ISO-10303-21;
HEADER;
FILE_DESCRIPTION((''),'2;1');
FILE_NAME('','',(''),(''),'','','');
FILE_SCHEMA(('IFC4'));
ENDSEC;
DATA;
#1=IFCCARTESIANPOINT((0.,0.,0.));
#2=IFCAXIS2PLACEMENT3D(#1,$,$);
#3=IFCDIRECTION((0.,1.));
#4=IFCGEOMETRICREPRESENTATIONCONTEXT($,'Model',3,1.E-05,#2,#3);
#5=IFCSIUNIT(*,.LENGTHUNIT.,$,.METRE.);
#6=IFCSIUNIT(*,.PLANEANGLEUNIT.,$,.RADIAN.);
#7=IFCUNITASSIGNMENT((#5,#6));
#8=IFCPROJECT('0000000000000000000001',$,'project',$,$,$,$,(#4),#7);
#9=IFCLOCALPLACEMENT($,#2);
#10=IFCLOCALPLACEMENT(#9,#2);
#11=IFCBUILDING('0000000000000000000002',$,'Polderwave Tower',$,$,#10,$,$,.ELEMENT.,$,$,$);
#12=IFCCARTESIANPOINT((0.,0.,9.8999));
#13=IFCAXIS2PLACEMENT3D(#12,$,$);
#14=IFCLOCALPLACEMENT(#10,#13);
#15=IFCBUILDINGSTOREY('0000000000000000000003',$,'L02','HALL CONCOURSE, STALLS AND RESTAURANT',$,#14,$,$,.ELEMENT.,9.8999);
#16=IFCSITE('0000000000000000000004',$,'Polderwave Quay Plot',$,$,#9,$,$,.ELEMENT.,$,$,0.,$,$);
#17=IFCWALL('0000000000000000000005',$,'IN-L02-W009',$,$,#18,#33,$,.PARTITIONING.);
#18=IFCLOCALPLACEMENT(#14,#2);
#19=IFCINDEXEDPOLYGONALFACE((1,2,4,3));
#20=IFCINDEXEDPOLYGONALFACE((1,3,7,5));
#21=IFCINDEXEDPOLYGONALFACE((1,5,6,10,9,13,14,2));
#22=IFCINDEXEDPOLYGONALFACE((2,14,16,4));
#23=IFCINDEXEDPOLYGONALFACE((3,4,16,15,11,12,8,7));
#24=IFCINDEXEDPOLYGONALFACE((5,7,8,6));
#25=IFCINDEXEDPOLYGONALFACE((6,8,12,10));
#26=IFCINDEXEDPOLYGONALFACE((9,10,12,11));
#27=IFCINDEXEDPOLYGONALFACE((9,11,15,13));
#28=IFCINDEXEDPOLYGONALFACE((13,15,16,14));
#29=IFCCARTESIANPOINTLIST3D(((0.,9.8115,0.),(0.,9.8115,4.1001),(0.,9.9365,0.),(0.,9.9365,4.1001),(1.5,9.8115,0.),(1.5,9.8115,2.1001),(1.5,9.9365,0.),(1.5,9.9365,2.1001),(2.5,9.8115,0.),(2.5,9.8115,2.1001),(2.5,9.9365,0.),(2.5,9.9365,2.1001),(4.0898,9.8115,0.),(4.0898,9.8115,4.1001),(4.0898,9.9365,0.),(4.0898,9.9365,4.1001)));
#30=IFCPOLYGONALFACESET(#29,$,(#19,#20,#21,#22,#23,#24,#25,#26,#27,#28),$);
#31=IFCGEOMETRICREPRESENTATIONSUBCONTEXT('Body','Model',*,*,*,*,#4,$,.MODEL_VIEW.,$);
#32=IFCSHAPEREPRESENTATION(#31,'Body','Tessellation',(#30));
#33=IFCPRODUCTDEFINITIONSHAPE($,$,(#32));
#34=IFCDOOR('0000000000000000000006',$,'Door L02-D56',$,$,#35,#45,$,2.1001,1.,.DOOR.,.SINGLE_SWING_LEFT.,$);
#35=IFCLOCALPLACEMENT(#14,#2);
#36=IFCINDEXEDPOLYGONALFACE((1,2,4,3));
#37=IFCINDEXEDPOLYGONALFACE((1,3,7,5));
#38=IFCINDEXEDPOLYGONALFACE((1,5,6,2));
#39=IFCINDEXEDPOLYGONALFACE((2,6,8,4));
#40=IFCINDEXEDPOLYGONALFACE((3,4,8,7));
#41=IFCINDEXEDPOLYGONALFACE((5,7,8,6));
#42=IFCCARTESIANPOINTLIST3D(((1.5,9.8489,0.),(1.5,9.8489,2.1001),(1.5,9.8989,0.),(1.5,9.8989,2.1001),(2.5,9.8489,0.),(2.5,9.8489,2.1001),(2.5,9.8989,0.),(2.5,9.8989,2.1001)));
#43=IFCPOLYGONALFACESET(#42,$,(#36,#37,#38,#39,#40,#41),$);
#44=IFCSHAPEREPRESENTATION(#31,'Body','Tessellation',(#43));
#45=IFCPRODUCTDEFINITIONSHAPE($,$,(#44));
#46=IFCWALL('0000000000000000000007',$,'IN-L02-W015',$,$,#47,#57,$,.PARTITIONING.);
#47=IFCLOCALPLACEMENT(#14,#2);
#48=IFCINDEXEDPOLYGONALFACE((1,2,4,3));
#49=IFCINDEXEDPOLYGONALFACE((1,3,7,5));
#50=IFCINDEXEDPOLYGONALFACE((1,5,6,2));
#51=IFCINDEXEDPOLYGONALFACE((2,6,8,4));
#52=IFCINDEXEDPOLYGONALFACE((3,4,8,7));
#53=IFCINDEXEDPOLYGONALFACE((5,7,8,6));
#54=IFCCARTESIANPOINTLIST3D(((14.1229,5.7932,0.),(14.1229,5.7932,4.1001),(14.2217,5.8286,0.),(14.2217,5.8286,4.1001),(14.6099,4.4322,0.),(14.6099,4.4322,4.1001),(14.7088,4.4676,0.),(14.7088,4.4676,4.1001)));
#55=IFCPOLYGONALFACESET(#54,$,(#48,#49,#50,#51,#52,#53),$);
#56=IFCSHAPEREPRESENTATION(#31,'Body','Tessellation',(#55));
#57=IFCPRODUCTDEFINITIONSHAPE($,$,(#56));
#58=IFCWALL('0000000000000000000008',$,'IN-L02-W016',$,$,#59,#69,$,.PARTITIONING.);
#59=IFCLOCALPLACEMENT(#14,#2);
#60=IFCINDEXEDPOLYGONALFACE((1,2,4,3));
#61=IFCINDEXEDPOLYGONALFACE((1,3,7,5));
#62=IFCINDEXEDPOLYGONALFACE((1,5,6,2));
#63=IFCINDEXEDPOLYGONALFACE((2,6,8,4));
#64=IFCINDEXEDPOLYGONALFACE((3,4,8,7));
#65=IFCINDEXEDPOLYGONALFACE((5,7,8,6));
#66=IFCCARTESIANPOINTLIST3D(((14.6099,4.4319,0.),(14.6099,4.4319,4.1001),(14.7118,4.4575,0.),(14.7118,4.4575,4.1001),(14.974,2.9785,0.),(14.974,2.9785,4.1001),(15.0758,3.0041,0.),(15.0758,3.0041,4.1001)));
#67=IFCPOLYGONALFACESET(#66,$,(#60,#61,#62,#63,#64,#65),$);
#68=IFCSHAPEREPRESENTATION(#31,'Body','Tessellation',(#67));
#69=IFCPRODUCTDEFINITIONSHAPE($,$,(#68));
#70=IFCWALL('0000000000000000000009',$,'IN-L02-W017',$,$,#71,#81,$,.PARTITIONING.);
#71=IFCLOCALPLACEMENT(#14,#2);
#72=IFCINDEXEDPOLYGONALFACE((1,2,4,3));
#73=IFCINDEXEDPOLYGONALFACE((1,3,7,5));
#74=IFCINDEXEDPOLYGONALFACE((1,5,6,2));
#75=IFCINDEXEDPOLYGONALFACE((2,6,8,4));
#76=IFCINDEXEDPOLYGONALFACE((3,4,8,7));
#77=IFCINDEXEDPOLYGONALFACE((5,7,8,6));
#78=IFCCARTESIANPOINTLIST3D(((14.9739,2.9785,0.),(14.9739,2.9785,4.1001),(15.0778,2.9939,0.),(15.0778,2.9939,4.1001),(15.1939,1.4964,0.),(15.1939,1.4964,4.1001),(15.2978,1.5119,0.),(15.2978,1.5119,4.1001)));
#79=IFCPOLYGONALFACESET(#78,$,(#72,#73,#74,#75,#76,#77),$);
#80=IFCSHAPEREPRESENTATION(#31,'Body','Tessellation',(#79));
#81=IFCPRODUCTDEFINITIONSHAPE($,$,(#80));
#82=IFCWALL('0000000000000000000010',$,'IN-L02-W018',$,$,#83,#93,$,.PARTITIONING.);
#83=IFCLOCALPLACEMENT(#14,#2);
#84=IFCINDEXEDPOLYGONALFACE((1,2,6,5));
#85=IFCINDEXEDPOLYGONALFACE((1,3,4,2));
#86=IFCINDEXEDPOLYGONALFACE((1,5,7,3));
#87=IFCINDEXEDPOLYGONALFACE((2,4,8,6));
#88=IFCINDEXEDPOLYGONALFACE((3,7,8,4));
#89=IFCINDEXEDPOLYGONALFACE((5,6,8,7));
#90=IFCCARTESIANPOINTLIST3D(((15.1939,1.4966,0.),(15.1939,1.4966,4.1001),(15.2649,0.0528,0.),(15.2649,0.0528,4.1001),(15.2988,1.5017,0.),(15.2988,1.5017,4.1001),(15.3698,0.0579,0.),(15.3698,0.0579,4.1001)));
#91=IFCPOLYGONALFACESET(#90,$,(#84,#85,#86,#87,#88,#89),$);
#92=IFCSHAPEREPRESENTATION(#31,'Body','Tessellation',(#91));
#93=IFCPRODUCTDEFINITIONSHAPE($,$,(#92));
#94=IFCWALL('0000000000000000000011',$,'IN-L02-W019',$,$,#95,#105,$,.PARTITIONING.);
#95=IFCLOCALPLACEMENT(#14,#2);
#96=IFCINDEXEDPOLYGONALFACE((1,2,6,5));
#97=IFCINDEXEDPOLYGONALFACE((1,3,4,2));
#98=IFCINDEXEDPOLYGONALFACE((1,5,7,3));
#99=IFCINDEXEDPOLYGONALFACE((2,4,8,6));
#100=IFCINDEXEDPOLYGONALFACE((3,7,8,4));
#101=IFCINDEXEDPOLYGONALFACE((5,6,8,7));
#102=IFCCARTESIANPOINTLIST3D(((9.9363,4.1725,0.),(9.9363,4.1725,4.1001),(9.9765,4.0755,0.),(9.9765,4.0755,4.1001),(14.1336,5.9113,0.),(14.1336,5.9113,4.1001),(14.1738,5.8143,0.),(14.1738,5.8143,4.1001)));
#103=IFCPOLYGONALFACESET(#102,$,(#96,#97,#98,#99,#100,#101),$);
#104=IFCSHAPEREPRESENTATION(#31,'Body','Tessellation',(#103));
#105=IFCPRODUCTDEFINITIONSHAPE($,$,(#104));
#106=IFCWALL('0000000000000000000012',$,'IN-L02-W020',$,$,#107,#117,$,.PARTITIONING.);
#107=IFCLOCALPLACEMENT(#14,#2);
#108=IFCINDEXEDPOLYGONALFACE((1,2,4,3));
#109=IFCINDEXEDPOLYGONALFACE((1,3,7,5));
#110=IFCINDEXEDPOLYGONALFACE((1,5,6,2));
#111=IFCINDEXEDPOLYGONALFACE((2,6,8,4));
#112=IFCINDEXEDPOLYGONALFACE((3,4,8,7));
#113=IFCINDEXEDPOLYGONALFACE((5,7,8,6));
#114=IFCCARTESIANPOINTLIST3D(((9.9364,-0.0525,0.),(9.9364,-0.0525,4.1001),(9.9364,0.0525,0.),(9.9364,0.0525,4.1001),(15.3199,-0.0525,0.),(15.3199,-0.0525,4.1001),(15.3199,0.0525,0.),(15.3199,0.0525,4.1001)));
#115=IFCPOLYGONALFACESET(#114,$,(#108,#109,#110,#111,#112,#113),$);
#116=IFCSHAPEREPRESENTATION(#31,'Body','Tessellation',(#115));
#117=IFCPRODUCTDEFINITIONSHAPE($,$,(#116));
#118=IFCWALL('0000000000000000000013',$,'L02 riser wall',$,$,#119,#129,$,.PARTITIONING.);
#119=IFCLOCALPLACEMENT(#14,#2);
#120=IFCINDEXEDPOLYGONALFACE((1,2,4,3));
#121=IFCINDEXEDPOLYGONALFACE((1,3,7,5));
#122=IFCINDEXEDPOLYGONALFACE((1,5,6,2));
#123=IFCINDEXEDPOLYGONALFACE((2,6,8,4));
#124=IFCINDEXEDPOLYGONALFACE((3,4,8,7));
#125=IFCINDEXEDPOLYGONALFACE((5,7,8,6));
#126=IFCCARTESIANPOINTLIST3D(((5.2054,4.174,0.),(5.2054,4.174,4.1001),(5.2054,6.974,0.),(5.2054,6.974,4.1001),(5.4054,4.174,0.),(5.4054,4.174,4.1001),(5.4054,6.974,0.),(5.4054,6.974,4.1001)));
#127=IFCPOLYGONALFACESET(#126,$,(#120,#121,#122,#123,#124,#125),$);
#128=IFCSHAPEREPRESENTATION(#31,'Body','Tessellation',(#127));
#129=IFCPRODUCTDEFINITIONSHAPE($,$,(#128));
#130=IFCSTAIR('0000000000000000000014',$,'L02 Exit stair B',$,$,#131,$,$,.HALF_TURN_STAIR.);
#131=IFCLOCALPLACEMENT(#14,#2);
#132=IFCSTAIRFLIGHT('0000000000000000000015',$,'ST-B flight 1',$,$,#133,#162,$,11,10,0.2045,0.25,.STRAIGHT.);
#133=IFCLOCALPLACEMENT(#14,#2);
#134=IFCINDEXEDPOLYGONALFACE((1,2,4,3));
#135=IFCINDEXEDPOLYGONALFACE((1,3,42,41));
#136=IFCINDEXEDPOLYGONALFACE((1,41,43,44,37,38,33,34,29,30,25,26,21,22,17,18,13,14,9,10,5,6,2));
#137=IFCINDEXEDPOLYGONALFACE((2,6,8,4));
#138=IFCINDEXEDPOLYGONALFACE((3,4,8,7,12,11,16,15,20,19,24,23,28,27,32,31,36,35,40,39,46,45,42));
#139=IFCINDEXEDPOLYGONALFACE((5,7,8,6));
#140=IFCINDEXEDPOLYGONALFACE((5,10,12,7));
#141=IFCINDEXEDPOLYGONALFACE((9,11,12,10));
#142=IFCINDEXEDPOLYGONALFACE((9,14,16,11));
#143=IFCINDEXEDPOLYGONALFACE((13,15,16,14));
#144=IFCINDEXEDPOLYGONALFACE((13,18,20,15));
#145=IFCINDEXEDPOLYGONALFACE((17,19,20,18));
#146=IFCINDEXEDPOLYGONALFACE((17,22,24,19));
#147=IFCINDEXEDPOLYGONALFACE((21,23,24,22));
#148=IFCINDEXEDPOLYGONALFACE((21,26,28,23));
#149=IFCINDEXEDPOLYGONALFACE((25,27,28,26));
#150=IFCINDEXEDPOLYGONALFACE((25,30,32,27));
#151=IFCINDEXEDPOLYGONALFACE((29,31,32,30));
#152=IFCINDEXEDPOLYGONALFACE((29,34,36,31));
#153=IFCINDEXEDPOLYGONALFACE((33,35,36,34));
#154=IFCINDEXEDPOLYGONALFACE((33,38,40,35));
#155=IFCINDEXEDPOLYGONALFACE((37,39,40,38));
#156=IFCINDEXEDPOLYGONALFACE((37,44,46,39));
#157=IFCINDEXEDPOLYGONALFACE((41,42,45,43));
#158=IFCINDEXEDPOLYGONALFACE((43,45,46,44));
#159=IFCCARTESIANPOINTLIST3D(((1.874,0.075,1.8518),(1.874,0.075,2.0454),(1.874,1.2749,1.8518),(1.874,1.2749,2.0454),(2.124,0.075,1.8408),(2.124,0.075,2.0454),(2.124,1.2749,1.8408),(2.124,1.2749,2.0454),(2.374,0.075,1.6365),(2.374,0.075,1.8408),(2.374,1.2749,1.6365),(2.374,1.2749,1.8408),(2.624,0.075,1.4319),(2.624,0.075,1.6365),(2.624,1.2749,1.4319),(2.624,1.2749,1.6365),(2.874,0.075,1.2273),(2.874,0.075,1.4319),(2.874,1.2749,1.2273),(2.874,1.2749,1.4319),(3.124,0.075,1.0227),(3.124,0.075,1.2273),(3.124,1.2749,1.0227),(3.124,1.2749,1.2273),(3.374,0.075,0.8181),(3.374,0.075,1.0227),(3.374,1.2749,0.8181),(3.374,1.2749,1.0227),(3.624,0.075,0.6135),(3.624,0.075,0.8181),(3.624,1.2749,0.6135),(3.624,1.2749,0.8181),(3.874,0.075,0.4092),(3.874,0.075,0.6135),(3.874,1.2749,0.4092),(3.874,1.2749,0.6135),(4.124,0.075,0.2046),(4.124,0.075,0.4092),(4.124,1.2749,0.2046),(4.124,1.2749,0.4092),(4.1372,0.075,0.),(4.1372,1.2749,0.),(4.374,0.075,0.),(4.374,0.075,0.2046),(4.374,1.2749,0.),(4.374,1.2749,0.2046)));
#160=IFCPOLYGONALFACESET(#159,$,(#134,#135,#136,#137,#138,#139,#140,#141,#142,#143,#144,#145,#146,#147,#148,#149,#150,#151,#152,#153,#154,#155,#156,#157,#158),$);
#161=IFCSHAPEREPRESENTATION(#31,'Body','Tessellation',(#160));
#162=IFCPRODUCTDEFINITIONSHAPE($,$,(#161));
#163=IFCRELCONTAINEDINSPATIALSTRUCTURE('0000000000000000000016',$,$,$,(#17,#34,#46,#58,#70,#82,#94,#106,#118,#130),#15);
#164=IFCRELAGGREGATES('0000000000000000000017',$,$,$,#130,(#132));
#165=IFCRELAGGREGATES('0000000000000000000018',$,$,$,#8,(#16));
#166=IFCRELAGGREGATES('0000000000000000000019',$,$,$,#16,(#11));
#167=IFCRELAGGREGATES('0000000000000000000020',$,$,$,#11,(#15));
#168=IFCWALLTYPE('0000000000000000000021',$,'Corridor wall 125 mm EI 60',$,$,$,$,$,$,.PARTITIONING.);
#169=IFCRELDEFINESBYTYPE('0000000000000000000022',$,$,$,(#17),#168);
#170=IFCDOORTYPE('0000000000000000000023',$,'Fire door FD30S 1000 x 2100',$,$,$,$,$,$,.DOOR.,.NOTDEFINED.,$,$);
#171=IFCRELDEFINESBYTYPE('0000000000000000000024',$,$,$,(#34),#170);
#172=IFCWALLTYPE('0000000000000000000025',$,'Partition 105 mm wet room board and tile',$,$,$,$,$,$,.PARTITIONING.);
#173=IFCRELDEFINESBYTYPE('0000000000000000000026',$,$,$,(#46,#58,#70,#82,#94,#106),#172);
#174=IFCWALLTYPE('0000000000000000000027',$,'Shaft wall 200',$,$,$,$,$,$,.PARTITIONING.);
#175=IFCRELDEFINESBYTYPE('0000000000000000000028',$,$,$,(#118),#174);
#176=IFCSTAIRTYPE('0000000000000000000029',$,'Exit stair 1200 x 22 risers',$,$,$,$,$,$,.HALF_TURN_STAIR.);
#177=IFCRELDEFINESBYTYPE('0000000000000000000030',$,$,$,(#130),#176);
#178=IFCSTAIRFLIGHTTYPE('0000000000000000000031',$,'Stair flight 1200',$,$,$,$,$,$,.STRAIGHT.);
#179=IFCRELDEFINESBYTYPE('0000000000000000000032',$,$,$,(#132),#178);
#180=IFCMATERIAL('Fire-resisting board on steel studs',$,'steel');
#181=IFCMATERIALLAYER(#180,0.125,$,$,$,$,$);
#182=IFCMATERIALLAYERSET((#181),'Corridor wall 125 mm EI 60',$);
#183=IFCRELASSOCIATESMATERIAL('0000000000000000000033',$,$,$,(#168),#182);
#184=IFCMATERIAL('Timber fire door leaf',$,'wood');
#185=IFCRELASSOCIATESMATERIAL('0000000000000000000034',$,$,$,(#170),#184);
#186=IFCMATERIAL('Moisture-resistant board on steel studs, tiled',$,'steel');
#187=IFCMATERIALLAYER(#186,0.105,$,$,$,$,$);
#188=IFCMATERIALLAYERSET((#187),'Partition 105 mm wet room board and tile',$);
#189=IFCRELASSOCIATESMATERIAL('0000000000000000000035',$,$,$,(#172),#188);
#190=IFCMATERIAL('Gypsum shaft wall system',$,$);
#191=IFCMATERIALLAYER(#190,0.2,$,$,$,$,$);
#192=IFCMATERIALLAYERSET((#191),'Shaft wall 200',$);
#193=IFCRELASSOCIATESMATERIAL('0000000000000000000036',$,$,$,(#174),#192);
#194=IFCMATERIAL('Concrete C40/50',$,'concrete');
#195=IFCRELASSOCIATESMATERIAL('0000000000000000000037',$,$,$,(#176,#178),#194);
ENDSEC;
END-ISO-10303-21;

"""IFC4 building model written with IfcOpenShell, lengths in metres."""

from ifc_helpers import new_model, si_unit, direction, frame, frame_2d, origin, place, context, subcontext, project, spatial, polyline, rectangle, outline, extrude, material, layer, layer_set, type_object, element, fill, aggregate, save


model = new_model("IFC4")

# Units and contexts
model_context = context("Model", 3, precision=1e-05, world=origin(), true_north=direction((0.0, 1.0)))
body_context = subcontext(model_context, "Body", "Model", "MODEL_VIEW")
ifc_project = project(units=[si_unit("LENGTHUNIT", "METRE"), si_unit("PLANEANGLEUNIT", "RADIAN")], contexts=[model_context])

# Site, building, storey
site_placement = place(None, origin())
site = spatial("IfcSite", under=ifc_project, at=site_placement, Name="Polderwave Quay Plot", CompositionType="ELEMENT", RefElevation=0.0)
building_placement = place(site_placement, origin())
building = spatial("IfcBuilding", under=site, at=building_placement, Name="Polderwave Tower", CompositionType="ELEMENT")
storey_placement = place(building_placement, frame((0.0, 0.0, 9.8999)))
storey = spatial("IfcBuildingStorey", under=building, at=storey_placement, Name="L02", Description="HALL CONCOURSE, STALLS AND RESTAURANT", CompositionType="ELEMENT", Elevation=9.8999)

# Shared definitions
ifc_material_1 = material(Name="Fire-resisting board on steel studs", Category="steel")
ifc_layer_1 = layer(ifc_material_1, 0.125)
ifc_layer_set_1 = layer_set([ifc_layer_1], Name="Corridor wall 125 mm EI 60")
wall_type_1 = type_object("IfcWallType", Name="Corridor wall 125 mm EI 60", PredefinedType="PARTITIONING", material=ifc_layer_set_1)
ifc_material_2 = material(Name="Timber fire door leaf", Category="wood")
door_type = type_object("IfcDoorType", Name="Fire door FD30S 1000 x 2100", OperationType="NOTDEFINED", PredefinedType="DOOR", material=ifc_material_2)

# Wall, opening, door
wall_1_placement = place(storey_placement, frame((0.0, 9.874, 0.0), z_axis=(0.0, 0.0, 1.0), x_axis=(1.0, 0.0, 0.0)))
wall_1 = element("IfcWall", 1, at=wall_1_placement, inside=storey, type_object=wall_type_1, Name="IN-L02-W009", PredefinedType="PARTITIONING", context=body_context, shape_type="SweptSolid", body=[
    extrude(rectangle(XDim=4.0898, YDim=0.125, at=frame_2d((2.0449, 0.0))), origin(), (0.0, 0.0, 1.0), 4.1001),
])
opening_1_placement = place(wall_1_placement, frame((1.5, 0.0, 0.0)))
opening_1 = element("IfcOpeningElement", 2, at=opening_1_placement, cuts=wall_1, PredefinedType="OPENING", context=body_context, shape_type="SweptSolid", body=[
    extrude(rectangle(XDim=1.0, YDim=2.1001, at=frame_2d((0.5, 1.05))), frame((0.0, 0.0725, 0.0), z_axis=(0.0, -1.0, 0.0), x_axis=(1.0, 0.0, 0.0)), (0.0, 0.0, 1.0), 0.145),
])
door_1_placement = place(opening_1_placement, origin())
door_1 = element("IfcDoor", 3, at=door_1_placement, inside=storey, type_object=door_type, Name="Door L02-D56", OperationType="SINGLE_SWING_LEFT", OverallHeight=2.1001, OverallWidth=1.0, PredefinedType="DOOR", context=body_context, shape_type="SweptSolid", body=[
    extrude(rectangle(XDim=1.0, YDim=2.1001, at=frame_2d((0.5, 1.05))), frame((0.0, 0.0249, 0.0), z_axis=(0.0, -1.0, 0.0), x_axis=(1.0, 0.0, 0.0)), (0.0, 0.0, 1.0), 0.05),
])
fill(opening_1, door_1)

# Walls
ifc_material_3 = material(Name="Moisture-resistant board on steel studs, tiled", Category="steel")
ifc_layer_2 = layer(ifc_material_3, 0.105)
ifc_layer_set_2 = layer_set([ifc_layer_2], Name="Partition 105 mm wet room board and tile")
wall_type_2 = type_object("IfcWallType", Name="Partition 105 mm wet room board and tile", PredefinedType="PARTITIONING", material=ifc_layer_set_2)
wall_2_placement = place(storey_placement, frame((14.1724, 5.8108, 0.0), z_axis=(0.0, 0.0, 1.0), x_axis=(0.336925, -0.941532, 0.0)))
element("IfcWall", 4, at=wall_2_placement, inside=storey, type_object=wall_type_2, Name="IN-L02-W015", PredefinedType="PARTITIONING", context=body_context, shape_type="SweptSolid", body=[
    extrude(rectangle(XDim=1.4456, YDim=0.105, at=frame_2d((0.7227, 0.0))), origin(), (0.0, 0.0, 1.0), 4.1001),
])
for number, where, z_axis, x_axis, name in (
    (5, (14.6609, 4.4446, 0.0), (0.0, 0.0, 1.0), (0.242957, -0.970037, 0.0), "IN-L02-W016"),
    (6, (15.0259, 2.9861, 0.0), (0.0, 0.0, 1.0), (0.146826, -0.989162, 0.0), "IN-L02-W017"),
):
    element("IfcWall", number, at=place(storey_placement, frame(where, z_axis=z_axis, x_axis=x_axis)), inside=storey, type_object=wall_type_2, Name=name, PredefinedType="PARTITIONING", context=body_context, shape_type="SweptSolid", body=[
        extrude(rectangle(XDim=1.4983, YDim=0.105, at=frame_2d((0.749, 0.0))), origin(), (0.0, 0.0, 1.0), 4.1001),
    ])
wall_3_placement = place(storey_placement, frame((15.2463, 1.499, 0.0), z_axis=(0.0, 0.0, 1.0), x_axis=(0.049146, -0.998792, 0.0)))
element("IfcWall", 7, at=wall_3_placement, inside=storey, type_object=wall_type_2, Name="IN-L02-W018", PredefinedType="PARTITIONING", context=body_context, shape_type="SweptSolid", body=[
    extrude(rectangle(XDim=1.4456, YDim=0.105, at=frame_2d((0.7227, 0.0))), origin(), (0.0, 0.0, 1.0), 4.1001),
])
wall_4_placement = place(storey_placement, frame((9.9565, 4.124, 0.0), z_axis=(0.0, 0.0, 1.0), x_axis=(0.923864, 0.382722, 0.0)))
element("IfcWall", 8, at=wall_4_placement, inside=storey, type_object=wall_type_2, Name="IN-L02-W019", PredefinedType="PARTITIONING", context=body_context, shape_type="SweptSolid", body=[
    extrude(rectangle(XDim=4.5432, YDim=0.105, at=frame_2d((2.2715, 0.0))), origin(), (0.0, 0.0, 1.0), 4.1001),
])
wall_5_placement = place(storey_placement, frame((15.3201, 0.0, 0.0), z_axis=(0.0, 0.0, 1.0), x_axis=(-1.0, 0.0, 0.0)))
element("IfcWall", 9, at=wall_5_placement, inside=storey, type_object=wall_type_2, Name="IN-L02-W020", PredefinedType="PARTITIONING", context=body_context, shape_type="SweptSolid", body=[
    extrude(rectangle(XDim=5.3835, YDim=0.105, at=frame_2d((2.6919, 0.0))), origin(), (0.0, 0.0, 1.0), 4.1001),
])
ifc_material_4 = material(Name="Gypsum shaft wall system")
ifc_layer_3 = layer(ifc_material_4, 0.2)
ifc_layer_set_3 = layer_set([ifc_layer_3], Name="Shaft wall 200")
wall_type_3 = type_object("IfcWallType", Name="Shaft wall 200", PredefinedType="PARTITIONING", material=ifc_layer_set_3)
wall_6_placement = place(storey_placement, frame((5.3054, 4.1741, 0.0), z_axis=(0.0, 0.0, 1.0), x_axis=(0.0, 1.0, 0.0)))
element("IfcWall", 10, at=wall_6_placement, inside=storey, type_object=wall_type_3, Name="L02 riser wall", PredefinedType="PARTITIONING", context=body_context, shape_type="SweptSolid", body=[
    extrude(rectangle(XDim=2.8, YDim=0.2, at=frame_2d((1.3999, 0.0))), origin(), (0.0, 0.0, 1.0), 4.1001),
])

# Stair, stair flight
ifc_material_5 = material(Name="Concrete C40/50", Category="concrete")
stair_type = type_object("IfcStairType", Name="Exit stair 1200 x 22 risers", PredefinedType="HALF_TURN_STAIR", material=ifc_material_5)
stair_placement = place(storey_placement, origin())
stair = element("IfcStair", 11, at=stair_placement, inside=storey, type_object=stair_type, Name="L02 Exit stair B", PredefinedType="HALF_TURN_STAIR")
stair_flight_type = type_object("IfcStairFlightType", Name="Stair flight 1200", PredefinedType="STRAIGHT", material=ifc_material_5)
stair_flight_placement = place(storey_placement, frame((4.374, 0.675, 0.0), z_axis=(0.0, 0.0, 1.0), x_axis=(-1.0, 0.0, 0.0)))
stair_flight = element("IfcStairFlight", 12, at=stair_flight_placement, type_object=stair_flight_type, Name="ST-B flight 1", NumberOfRisers=11, NumberOfTreads=10, PredefinedType="STRAIGHT", RiserHeight=0.2045, TreadLength=0.25, context=body_context, shape_type="SweptSolid", body=[
    extrude(outline(polyline([(0.0, 0.0), (0.0, 0.2046), (0.25, 0.2046), (0.25, 0.4092), (0.5, 0.4092), (0.5, 0.6135), (0.75, 0.6135), (0.75, 0.8181), (1.0, 0.8181), (1.0, 1.0227), (1.25, 1.0227), (1.25, 1.2273), (1.5, 1.2273), (1.5, 1.4319), (1.75, 1.4319), (1.75, 1.6365), (2.0, 1.6365), (2.0, 1.8408), (2.25, 1.8408), (2.25, 2.0454), (2.5, 2.0454), (2.5, 2.25), (2.5, 1.8518), (0.2368, 0.0), (0.0, 0.0)])), frame((0.0, 0.6001, 0.0), z_axis=(0.0, -1.0, 0.0), x_axis=(1.0, 0.0, 0.0)), (0.0, 0.0, 1.0), 1.2),
])
aggregate(stair, [stair_flight])

save(model, "model.ifc")
